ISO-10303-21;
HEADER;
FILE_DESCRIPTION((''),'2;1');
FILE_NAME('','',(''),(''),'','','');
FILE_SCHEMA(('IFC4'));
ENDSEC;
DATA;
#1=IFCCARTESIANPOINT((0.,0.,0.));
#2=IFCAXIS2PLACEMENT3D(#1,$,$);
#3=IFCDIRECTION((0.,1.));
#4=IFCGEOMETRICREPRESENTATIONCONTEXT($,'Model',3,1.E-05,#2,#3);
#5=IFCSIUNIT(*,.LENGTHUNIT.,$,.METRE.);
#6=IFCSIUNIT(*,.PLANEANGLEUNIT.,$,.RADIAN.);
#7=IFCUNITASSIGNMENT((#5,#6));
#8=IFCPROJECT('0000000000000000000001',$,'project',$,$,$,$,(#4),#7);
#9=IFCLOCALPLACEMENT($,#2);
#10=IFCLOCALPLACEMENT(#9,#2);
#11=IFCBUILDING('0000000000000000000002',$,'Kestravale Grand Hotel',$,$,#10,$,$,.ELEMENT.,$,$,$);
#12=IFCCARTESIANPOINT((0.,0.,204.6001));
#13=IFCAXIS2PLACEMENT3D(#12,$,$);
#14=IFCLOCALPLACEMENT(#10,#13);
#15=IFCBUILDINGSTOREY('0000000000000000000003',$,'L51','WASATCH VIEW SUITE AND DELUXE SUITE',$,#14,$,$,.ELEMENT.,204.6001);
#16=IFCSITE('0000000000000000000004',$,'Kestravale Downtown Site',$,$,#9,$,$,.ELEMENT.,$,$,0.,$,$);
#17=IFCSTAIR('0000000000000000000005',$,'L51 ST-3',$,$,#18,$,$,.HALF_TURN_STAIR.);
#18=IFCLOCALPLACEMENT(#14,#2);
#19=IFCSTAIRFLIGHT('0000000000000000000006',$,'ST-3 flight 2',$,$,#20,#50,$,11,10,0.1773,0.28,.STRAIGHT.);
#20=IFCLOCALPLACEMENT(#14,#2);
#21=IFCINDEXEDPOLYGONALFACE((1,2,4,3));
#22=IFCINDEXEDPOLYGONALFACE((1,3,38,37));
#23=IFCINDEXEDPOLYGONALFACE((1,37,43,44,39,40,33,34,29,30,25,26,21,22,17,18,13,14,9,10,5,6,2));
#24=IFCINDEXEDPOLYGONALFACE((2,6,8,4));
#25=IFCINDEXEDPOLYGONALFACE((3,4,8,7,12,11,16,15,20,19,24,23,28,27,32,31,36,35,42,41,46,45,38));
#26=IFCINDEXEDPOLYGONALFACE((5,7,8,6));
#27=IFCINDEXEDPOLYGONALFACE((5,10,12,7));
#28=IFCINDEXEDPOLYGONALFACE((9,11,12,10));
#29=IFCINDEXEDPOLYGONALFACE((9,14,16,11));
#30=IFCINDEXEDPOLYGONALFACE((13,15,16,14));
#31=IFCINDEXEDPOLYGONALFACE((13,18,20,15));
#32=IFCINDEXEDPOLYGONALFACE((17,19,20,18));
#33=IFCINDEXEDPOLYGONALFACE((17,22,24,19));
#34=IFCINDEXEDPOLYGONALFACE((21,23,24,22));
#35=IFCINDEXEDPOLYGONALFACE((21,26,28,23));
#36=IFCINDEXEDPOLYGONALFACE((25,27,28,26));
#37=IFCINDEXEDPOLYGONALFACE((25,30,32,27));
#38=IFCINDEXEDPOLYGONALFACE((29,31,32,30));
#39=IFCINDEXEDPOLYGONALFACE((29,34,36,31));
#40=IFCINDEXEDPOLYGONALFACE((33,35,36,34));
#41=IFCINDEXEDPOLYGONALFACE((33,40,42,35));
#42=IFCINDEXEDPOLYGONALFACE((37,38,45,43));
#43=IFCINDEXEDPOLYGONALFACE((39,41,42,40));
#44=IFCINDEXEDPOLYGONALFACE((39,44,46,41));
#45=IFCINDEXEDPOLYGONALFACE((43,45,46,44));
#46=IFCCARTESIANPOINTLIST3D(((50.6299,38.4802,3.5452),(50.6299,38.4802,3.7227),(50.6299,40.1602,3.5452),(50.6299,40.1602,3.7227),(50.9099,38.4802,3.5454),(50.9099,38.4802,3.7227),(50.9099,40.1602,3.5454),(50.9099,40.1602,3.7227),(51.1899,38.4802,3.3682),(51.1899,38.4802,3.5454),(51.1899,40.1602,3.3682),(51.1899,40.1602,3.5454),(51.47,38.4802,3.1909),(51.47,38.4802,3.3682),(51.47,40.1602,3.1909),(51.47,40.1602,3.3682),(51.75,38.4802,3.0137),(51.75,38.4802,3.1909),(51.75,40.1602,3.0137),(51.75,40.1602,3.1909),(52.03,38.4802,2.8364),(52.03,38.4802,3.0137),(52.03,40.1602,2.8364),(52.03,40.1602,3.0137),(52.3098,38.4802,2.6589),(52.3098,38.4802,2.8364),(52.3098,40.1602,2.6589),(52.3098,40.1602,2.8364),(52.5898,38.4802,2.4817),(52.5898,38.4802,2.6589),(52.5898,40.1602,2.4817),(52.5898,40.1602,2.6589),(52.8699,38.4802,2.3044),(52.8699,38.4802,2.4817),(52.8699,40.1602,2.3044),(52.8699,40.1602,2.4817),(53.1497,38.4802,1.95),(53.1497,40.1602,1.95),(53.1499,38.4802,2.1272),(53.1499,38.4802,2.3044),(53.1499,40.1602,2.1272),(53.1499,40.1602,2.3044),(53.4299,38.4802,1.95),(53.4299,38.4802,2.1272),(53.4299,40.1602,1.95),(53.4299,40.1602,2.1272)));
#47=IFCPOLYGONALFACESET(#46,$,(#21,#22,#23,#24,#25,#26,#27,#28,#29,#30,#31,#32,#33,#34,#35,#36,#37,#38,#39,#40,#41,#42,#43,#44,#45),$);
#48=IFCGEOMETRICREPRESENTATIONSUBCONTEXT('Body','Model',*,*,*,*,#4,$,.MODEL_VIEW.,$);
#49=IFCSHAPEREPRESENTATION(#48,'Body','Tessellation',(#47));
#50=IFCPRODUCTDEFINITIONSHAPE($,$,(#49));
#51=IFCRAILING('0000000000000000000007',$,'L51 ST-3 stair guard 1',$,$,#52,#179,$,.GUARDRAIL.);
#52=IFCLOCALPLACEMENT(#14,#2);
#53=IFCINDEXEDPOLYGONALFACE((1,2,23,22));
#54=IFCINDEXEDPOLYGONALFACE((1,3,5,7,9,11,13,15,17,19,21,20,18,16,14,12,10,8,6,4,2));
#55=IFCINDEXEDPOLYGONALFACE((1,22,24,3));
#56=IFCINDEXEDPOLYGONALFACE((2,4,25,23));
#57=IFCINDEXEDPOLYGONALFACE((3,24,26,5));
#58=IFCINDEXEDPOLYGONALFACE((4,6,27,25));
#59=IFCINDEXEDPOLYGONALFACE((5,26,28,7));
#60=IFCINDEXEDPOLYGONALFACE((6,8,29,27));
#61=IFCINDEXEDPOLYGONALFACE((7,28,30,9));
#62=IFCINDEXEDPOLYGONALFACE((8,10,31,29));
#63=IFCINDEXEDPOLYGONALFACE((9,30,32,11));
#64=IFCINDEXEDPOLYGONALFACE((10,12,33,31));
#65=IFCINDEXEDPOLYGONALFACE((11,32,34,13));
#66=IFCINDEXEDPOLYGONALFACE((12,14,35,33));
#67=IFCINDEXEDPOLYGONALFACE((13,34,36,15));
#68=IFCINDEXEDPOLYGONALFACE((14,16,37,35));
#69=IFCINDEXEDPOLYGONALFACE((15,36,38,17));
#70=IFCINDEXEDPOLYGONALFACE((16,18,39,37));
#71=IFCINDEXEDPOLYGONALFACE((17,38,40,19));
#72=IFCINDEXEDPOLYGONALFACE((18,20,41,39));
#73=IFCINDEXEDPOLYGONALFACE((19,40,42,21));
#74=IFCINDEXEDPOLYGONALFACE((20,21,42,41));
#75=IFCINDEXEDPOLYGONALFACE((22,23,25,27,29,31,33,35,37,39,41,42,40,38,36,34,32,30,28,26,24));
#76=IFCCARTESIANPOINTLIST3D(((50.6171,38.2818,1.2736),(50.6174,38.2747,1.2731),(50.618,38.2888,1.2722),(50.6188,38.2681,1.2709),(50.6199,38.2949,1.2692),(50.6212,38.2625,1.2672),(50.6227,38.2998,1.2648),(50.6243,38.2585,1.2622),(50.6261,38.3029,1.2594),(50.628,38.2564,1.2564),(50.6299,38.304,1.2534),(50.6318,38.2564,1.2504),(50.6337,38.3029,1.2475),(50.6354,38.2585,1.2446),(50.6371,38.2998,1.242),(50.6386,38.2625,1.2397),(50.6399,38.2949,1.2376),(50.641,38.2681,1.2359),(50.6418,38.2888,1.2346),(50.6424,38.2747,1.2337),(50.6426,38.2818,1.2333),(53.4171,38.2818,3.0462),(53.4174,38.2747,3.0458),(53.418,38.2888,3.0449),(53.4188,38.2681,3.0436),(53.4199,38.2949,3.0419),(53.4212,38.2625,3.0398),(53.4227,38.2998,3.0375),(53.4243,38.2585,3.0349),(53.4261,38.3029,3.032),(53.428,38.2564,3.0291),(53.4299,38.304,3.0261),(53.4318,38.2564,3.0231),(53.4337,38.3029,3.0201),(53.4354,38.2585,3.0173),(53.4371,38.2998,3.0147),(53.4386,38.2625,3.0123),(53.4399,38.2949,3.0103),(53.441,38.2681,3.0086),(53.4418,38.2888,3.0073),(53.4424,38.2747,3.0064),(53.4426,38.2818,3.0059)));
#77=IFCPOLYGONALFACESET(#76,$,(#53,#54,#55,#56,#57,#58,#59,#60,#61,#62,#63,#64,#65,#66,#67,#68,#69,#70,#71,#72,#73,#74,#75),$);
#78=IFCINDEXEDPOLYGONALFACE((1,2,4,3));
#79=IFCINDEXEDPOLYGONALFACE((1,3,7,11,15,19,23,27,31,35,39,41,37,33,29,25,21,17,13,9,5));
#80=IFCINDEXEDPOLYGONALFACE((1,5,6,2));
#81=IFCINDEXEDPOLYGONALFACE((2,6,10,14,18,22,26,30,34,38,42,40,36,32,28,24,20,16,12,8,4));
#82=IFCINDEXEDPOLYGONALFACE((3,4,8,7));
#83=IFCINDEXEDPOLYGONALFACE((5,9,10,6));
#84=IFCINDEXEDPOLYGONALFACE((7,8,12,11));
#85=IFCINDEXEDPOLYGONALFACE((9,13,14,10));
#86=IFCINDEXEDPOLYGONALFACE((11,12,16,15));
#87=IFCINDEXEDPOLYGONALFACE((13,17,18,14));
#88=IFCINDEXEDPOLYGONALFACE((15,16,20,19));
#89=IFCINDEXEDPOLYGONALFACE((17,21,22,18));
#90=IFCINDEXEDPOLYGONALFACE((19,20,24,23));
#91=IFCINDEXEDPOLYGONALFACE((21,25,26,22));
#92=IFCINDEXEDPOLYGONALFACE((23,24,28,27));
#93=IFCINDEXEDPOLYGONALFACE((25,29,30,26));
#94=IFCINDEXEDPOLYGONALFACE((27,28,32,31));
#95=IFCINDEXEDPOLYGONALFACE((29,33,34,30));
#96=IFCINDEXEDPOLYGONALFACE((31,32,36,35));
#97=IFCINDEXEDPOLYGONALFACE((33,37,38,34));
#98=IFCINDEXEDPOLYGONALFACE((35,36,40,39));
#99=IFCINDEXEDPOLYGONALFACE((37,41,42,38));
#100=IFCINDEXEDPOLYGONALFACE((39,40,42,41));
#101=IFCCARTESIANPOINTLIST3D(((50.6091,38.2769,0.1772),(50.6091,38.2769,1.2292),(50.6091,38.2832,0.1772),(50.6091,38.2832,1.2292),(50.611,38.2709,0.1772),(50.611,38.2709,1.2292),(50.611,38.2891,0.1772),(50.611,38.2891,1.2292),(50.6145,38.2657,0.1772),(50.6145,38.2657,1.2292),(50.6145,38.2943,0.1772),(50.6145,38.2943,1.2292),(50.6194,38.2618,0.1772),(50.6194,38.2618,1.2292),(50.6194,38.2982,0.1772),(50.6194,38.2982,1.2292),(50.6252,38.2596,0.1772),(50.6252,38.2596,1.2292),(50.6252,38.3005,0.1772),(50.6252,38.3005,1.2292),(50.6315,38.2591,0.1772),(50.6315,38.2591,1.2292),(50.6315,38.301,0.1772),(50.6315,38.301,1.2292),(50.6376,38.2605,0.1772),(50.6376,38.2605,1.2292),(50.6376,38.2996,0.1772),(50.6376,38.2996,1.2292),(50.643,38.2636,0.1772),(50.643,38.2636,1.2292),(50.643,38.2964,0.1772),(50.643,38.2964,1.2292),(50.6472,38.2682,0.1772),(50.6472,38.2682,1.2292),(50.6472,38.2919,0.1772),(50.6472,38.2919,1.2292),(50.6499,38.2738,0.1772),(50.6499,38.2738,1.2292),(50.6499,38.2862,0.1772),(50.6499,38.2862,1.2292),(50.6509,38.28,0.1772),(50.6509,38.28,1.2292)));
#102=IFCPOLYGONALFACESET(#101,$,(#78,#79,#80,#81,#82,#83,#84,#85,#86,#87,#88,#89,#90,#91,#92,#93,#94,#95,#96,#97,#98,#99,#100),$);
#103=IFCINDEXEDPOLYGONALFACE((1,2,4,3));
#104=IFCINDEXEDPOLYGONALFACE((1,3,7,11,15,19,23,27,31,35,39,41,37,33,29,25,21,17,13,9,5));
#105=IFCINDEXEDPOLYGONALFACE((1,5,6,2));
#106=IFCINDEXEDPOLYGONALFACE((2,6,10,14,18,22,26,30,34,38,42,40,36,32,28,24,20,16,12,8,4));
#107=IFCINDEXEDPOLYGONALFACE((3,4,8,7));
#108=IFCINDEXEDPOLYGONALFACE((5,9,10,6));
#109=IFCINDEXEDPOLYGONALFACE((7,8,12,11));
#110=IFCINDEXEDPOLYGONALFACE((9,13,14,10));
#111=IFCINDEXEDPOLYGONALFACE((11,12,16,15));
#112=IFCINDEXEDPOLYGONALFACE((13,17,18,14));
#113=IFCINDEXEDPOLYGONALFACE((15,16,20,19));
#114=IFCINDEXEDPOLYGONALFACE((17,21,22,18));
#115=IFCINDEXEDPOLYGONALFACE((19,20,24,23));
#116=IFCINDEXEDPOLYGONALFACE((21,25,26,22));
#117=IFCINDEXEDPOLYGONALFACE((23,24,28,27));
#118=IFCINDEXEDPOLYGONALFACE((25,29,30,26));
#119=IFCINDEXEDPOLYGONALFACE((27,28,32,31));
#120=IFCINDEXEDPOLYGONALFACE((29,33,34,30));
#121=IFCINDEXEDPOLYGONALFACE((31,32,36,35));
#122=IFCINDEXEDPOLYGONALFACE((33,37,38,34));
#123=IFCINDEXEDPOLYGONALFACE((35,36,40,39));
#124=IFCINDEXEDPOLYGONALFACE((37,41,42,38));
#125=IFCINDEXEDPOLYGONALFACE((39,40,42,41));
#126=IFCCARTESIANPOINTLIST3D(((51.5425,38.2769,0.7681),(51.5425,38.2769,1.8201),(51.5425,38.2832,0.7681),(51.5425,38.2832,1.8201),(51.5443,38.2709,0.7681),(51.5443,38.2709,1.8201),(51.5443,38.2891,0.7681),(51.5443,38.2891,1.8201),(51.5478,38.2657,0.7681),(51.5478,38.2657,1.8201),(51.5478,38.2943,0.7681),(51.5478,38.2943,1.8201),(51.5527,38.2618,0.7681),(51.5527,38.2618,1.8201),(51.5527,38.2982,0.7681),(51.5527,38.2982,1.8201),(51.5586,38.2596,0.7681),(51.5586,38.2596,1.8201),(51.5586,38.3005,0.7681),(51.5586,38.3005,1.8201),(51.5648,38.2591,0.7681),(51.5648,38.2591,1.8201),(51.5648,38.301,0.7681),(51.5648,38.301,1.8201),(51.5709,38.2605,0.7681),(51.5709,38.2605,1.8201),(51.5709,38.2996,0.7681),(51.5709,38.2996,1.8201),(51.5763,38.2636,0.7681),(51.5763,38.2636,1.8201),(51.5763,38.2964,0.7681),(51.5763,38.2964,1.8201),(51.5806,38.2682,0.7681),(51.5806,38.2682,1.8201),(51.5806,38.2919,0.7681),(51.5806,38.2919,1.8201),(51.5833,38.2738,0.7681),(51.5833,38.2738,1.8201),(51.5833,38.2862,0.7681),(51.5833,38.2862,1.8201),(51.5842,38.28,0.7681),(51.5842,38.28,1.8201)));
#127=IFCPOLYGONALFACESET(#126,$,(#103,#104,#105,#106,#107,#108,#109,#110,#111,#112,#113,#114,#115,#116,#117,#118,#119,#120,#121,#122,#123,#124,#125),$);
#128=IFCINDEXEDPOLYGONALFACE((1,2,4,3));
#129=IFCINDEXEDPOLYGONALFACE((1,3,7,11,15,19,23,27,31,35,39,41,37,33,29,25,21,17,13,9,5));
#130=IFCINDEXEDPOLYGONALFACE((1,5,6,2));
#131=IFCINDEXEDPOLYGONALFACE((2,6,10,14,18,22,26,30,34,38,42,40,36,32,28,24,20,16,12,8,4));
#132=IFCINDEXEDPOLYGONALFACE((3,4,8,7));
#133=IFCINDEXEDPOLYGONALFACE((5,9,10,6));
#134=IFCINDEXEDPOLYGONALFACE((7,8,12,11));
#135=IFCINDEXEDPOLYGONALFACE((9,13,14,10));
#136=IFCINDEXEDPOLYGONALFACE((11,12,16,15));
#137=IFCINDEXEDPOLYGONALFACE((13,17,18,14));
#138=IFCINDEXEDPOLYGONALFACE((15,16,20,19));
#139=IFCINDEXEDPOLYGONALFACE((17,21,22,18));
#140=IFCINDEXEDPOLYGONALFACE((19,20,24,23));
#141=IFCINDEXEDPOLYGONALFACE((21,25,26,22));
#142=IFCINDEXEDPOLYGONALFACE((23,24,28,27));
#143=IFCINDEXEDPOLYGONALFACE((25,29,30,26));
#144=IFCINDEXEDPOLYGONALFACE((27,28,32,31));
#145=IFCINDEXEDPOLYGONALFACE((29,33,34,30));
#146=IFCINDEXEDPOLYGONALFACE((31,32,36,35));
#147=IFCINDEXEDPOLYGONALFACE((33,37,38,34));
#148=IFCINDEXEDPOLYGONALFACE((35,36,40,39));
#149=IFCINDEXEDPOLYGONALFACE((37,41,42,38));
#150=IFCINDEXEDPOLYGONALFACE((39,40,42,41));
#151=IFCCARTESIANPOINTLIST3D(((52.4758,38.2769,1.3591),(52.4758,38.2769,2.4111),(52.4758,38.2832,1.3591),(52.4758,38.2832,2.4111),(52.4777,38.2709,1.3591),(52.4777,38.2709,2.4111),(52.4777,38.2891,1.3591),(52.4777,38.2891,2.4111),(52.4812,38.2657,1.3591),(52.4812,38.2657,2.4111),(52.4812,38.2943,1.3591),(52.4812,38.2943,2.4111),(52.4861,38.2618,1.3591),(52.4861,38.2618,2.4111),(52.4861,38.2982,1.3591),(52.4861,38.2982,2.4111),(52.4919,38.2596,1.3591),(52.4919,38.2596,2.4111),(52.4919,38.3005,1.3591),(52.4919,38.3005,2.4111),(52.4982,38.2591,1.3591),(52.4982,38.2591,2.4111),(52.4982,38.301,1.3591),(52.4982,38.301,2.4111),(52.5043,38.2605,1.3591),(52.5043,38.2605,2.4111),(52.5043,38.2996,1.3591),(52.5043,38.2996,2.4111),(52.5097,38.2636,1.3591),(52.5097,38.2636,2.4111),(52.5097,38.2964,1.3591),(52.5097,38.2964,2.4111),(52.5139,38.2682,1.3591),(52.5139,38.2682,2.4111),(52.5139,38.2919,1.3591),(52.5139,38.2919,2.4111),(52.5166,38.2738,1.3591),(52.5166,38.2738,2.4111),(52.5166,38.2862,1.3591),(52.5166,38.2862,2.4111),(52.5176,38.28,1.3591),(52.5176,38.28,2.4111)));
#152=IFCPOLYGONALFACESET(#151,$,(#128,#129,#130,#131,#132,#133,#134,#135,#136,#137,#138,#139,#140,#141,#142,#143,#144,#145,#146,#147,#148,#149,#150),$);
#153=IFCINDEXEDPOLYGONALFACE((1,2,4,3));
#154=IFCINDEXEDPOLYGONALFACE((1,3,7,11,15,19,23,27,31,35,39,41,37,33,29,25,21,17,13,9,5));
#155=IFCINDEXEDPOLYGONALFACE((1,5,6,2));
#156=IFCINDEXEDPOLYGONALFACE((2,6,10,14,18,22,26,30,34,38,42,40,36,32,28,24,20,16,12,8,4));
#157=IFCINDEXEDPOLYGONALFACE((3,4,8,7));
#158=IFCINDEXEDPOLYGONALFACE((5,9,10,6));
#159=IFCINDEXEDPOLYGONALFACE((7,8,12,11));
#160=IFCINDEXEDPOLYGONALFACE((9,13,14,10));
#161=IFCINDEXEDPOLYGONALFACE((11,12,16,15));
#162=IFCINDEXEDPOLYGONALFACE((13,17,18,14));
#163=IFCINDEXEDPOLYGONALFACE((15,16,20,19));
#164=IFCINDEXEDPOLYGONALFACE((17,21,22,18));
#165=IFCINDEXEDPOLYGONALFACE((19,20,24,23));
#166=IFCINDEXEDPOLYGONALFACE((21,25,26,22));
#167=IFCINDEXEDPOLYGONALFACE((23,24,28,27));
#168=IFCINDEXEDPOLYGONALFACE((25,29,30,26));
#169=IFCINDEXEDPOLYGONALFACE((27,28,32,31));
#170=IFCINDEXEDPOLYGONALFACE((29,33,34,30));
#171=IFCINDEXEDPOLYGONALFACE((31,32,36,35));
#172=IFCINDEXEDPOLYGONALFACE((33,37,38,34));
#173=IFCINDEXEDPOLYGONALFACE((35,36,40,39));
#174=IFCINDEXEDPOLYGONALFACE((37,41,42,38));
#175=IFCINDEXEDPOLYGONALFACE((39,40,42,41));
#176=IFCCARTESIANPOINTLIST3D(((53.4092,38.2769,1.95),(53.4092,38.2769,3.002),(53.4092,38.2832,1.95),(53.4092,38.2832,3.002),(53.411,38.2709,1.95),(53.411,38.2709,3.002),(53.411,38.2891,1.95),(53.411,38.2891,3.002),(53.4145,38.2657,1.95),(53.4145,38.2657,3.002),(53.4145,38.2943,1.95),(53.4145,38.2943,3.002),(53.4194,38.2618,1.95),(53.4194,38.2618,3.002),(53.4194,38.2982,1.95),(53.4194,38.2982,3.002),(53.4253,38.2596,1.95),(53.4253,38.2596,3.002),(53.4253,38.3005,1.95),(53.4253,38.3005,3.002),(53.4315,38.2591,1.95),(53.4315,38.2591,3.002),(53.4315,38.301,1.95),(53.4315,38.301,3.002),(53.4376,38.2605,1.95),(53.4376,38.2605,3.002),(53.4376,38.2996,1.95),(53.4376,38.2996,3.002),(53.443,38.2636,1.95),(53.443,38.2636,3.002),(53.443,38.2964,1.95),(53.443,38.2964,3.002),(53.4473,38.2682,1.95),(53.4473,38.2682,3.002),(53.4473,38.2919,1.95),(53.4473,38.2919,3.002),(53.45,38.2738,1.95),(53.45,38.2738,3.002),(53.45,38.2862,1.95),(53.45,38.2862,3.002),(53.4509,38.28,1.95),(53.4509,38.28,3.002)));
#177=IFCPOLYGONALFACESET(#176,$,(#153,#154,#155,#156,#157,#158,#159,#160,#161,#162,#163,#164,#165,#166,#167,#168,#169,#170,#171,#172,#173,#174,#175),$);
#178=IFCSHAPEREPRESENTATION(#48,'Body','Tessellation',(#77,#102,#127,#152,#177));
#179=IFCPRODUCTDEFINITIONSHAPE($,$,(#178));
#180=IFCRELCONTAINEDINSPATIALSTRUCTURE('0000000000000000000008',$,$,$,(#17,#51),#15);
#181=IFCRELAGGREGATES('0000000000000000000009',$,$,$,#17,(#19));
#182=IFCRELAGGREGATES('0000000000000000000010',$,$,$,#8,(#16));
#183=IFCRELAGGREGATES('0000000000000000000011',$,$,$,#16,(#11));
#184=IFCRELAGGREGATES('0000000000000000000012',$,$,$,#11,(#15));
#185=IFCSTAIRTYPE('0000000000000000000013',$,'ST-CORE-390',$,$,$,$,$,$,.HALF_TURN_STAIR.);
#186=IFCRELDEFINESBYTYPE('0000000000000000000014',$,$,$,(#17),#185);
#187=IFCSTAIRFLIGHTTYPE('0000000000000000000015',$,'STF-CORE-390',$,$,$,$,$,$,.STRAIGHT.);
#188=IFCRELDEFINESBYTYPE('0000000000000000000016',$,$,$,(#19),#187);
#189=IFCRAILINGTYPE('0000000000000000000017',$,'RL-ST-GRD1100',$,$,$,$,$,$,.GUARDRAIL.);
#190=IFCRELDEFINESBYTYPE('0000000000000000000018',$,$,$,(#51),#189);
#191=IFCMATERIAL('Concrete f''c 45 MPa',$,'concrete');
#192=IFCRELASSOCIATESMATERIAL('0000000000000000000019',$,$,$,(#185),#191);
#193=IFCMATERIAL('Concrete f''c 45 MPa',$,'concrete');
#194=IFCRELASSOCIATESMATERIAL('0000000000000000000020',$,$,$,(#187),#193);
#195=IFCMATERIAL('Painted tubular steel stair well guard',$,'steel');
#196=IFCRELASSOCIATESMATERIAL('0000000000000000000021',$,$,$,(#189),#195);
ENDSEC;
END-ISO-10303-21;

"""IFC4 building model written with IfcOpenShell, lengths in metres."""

from ifc_helpers import new_model, si_unit, direction, frame, origin, origin_2d, place, context, subcontext, project, spatial, polyline, circle, outline, extrude, material, type_object, element, aggregate, save


model = new_model("IFC4")

# Units and contexts
model_context = context("Model", 3, precision=1e-05, world=origin(), true_north=direction((0.0, 1.0)))
body_context = subcontext(model_context, "Body", "Model", "MODEL_VIEW")
ifc_project = project(units=[si_unit("LENGTHUNIT", "METRE"), si_unit("PLANEANGLEUNIT", "RADIAN")], contexts=[model_context])

# Site, building, storey
site_placement = place(None, origin())
site = spatial("IfcSite", under=ifc_project, at=site_placement, Name="Kestravale Downtown Site", CompositionType="ELEMENT", RefElevation=0.0)
building_placement = place(site_placement, origin())
building = spatial("IfcBuilding", under=site, at=building_placement, Name="Kestravale Grand Hotel", CompositionType="ELEMENT")
storey_placement = place(building_placement, frame((0.0, 0.0, 204.6001)))
storey = spatial("IfcBuildingStorey", under=building, at=storey_placement, Name="L51", Description="WASATCH VIEW SUITE AND DELUXE SUITE", CompositionType="ELEMENT", Elevation=204.6001)

# Stair, stair flight
ifc_material_1 = material(Name="Concrete f'c 45 MPa", Category="concrete")
stair_type = type_object("IfcStairType", Name="ST-CORE-390", PredefinedType="HALF_TURN_STAIR", material=ifc_material_1)
stair_placement = place(storey_placement, origin())
stair = element("IfcStair", 1, at=stair_placement, inside=storey, type_object=stair_type, Name="L51 ST-3", PredefinedType="HALF_TURN_STAIR")
ifc_material_2 = material(Name="Concrete f'c 45 MPa", Category="concrete")
stair_flight_type = type_object("IfcStairFlightType", Name="STF-CORE-390", PredefinedType="STRAIGHT", material=ifc_material_2)
stair_flight_1_placement = place(storey_placement, frame((53.4299, 39.3201, 1.95), z_axis=(0.0, 0.0, 1.0), x_axis=(-1.0, 0.0, 0.0)))
stair_flight_1 = element("IfcStairFlight", 2, at=stair_flight_1_placement, type_object=stair_flight_type, Name="ST-3 flight 2", NumberOfRisers=11, NumberOfTreads=10, PredefinedType="STRAIGHT", RiserHeight=0.1773, TreadLength=0.28, context=body_context, shape_type="SweptSolid", body=[
    extrude(outline(polyline([(0.0, 0.0), (0.0, 0.1772), (0.28, 0.1772), (0.28, 0.3545), (0.5601, 0.3545), (0.5601, 0.5317), (0.8401, 0.5317), (0.8401, 0.709), (1.1201, 0.709), (1.1201, 0.8865), (1.3999, 0.8865), (1.3999, 1.0637), (1.6799, 1.0637), (1.6799, 1.241), (1.96, 1.241), (1.96, 1.4182), (2.24, 1.4182), (2.24, 1.5955), (2.52, 1.5955), (2.52, 1.7727), (2.8, 1.7727), (2.8, 1.95), (2.8, 1.5952), (0.2803, 0.0), (0.0, 0.0)])), frame((0.0, 0.8398, 0.0), z_axis=(0.0, -1.0, 0.0), x_axis=(1.0, 0.0, 0.0)), (0.0, 0.0, 1.0), 1.6799),
])
aggregate(stair, [stair_flight_1])

# Railing
ifc_material_3 = material(Name="Painted tubular steel stair well guard", Category="steel")
railing_type_1 = type_object("IfcRailingType", Name="RL-ST-GRD1100", PredefinedType="GUARDRAIL", material=ifc_material_3)
railing_1_placement = place(storey_placement, frame((50.6299, 38.28, 0.1772)))
element("IfcRailing", 3, at=railing_1_placement, inside=storey, type_object=railing_type_1, Name="L51 ST-3 stair guard 1", PredefinedType="GUARDRAIL", context=body_context, shape_type="SweptSolid", body=[
    extrude(circle(Radius=0.0239, at=origin_2d()), frame((0.0, 0.0, 1.0762), z_axis=(0.844909, 0.0, 0.53491), x_axis=(0.0, 1.0, 0.0)), (0.0, 0.0, 1.0), 3.314),
    extrude(circle(Radius=0.021, at=origin_2d()), origin(), (0.0, 0.0, 1.0), 1.052),
    extrude(circle(Radius=0.021, at=origin_2d()), frame((0.9333, 0.0, 0.5908)), (0.0, 0.0, 1.0), 1.052),
    extrude(circle(Radius=0.021, at=origin_2d()), frame((1.8667, 0.0, 1.1819)), (0.0, 0.0, 1.0), 1.052),
    extrude(circle(Radius=0.021, at=origin_2d()), frame((2.8, 0.0, 1.7727)), (0.0, 0.0, 1.0), 1.052),
])

save(model, "model.ifc")
